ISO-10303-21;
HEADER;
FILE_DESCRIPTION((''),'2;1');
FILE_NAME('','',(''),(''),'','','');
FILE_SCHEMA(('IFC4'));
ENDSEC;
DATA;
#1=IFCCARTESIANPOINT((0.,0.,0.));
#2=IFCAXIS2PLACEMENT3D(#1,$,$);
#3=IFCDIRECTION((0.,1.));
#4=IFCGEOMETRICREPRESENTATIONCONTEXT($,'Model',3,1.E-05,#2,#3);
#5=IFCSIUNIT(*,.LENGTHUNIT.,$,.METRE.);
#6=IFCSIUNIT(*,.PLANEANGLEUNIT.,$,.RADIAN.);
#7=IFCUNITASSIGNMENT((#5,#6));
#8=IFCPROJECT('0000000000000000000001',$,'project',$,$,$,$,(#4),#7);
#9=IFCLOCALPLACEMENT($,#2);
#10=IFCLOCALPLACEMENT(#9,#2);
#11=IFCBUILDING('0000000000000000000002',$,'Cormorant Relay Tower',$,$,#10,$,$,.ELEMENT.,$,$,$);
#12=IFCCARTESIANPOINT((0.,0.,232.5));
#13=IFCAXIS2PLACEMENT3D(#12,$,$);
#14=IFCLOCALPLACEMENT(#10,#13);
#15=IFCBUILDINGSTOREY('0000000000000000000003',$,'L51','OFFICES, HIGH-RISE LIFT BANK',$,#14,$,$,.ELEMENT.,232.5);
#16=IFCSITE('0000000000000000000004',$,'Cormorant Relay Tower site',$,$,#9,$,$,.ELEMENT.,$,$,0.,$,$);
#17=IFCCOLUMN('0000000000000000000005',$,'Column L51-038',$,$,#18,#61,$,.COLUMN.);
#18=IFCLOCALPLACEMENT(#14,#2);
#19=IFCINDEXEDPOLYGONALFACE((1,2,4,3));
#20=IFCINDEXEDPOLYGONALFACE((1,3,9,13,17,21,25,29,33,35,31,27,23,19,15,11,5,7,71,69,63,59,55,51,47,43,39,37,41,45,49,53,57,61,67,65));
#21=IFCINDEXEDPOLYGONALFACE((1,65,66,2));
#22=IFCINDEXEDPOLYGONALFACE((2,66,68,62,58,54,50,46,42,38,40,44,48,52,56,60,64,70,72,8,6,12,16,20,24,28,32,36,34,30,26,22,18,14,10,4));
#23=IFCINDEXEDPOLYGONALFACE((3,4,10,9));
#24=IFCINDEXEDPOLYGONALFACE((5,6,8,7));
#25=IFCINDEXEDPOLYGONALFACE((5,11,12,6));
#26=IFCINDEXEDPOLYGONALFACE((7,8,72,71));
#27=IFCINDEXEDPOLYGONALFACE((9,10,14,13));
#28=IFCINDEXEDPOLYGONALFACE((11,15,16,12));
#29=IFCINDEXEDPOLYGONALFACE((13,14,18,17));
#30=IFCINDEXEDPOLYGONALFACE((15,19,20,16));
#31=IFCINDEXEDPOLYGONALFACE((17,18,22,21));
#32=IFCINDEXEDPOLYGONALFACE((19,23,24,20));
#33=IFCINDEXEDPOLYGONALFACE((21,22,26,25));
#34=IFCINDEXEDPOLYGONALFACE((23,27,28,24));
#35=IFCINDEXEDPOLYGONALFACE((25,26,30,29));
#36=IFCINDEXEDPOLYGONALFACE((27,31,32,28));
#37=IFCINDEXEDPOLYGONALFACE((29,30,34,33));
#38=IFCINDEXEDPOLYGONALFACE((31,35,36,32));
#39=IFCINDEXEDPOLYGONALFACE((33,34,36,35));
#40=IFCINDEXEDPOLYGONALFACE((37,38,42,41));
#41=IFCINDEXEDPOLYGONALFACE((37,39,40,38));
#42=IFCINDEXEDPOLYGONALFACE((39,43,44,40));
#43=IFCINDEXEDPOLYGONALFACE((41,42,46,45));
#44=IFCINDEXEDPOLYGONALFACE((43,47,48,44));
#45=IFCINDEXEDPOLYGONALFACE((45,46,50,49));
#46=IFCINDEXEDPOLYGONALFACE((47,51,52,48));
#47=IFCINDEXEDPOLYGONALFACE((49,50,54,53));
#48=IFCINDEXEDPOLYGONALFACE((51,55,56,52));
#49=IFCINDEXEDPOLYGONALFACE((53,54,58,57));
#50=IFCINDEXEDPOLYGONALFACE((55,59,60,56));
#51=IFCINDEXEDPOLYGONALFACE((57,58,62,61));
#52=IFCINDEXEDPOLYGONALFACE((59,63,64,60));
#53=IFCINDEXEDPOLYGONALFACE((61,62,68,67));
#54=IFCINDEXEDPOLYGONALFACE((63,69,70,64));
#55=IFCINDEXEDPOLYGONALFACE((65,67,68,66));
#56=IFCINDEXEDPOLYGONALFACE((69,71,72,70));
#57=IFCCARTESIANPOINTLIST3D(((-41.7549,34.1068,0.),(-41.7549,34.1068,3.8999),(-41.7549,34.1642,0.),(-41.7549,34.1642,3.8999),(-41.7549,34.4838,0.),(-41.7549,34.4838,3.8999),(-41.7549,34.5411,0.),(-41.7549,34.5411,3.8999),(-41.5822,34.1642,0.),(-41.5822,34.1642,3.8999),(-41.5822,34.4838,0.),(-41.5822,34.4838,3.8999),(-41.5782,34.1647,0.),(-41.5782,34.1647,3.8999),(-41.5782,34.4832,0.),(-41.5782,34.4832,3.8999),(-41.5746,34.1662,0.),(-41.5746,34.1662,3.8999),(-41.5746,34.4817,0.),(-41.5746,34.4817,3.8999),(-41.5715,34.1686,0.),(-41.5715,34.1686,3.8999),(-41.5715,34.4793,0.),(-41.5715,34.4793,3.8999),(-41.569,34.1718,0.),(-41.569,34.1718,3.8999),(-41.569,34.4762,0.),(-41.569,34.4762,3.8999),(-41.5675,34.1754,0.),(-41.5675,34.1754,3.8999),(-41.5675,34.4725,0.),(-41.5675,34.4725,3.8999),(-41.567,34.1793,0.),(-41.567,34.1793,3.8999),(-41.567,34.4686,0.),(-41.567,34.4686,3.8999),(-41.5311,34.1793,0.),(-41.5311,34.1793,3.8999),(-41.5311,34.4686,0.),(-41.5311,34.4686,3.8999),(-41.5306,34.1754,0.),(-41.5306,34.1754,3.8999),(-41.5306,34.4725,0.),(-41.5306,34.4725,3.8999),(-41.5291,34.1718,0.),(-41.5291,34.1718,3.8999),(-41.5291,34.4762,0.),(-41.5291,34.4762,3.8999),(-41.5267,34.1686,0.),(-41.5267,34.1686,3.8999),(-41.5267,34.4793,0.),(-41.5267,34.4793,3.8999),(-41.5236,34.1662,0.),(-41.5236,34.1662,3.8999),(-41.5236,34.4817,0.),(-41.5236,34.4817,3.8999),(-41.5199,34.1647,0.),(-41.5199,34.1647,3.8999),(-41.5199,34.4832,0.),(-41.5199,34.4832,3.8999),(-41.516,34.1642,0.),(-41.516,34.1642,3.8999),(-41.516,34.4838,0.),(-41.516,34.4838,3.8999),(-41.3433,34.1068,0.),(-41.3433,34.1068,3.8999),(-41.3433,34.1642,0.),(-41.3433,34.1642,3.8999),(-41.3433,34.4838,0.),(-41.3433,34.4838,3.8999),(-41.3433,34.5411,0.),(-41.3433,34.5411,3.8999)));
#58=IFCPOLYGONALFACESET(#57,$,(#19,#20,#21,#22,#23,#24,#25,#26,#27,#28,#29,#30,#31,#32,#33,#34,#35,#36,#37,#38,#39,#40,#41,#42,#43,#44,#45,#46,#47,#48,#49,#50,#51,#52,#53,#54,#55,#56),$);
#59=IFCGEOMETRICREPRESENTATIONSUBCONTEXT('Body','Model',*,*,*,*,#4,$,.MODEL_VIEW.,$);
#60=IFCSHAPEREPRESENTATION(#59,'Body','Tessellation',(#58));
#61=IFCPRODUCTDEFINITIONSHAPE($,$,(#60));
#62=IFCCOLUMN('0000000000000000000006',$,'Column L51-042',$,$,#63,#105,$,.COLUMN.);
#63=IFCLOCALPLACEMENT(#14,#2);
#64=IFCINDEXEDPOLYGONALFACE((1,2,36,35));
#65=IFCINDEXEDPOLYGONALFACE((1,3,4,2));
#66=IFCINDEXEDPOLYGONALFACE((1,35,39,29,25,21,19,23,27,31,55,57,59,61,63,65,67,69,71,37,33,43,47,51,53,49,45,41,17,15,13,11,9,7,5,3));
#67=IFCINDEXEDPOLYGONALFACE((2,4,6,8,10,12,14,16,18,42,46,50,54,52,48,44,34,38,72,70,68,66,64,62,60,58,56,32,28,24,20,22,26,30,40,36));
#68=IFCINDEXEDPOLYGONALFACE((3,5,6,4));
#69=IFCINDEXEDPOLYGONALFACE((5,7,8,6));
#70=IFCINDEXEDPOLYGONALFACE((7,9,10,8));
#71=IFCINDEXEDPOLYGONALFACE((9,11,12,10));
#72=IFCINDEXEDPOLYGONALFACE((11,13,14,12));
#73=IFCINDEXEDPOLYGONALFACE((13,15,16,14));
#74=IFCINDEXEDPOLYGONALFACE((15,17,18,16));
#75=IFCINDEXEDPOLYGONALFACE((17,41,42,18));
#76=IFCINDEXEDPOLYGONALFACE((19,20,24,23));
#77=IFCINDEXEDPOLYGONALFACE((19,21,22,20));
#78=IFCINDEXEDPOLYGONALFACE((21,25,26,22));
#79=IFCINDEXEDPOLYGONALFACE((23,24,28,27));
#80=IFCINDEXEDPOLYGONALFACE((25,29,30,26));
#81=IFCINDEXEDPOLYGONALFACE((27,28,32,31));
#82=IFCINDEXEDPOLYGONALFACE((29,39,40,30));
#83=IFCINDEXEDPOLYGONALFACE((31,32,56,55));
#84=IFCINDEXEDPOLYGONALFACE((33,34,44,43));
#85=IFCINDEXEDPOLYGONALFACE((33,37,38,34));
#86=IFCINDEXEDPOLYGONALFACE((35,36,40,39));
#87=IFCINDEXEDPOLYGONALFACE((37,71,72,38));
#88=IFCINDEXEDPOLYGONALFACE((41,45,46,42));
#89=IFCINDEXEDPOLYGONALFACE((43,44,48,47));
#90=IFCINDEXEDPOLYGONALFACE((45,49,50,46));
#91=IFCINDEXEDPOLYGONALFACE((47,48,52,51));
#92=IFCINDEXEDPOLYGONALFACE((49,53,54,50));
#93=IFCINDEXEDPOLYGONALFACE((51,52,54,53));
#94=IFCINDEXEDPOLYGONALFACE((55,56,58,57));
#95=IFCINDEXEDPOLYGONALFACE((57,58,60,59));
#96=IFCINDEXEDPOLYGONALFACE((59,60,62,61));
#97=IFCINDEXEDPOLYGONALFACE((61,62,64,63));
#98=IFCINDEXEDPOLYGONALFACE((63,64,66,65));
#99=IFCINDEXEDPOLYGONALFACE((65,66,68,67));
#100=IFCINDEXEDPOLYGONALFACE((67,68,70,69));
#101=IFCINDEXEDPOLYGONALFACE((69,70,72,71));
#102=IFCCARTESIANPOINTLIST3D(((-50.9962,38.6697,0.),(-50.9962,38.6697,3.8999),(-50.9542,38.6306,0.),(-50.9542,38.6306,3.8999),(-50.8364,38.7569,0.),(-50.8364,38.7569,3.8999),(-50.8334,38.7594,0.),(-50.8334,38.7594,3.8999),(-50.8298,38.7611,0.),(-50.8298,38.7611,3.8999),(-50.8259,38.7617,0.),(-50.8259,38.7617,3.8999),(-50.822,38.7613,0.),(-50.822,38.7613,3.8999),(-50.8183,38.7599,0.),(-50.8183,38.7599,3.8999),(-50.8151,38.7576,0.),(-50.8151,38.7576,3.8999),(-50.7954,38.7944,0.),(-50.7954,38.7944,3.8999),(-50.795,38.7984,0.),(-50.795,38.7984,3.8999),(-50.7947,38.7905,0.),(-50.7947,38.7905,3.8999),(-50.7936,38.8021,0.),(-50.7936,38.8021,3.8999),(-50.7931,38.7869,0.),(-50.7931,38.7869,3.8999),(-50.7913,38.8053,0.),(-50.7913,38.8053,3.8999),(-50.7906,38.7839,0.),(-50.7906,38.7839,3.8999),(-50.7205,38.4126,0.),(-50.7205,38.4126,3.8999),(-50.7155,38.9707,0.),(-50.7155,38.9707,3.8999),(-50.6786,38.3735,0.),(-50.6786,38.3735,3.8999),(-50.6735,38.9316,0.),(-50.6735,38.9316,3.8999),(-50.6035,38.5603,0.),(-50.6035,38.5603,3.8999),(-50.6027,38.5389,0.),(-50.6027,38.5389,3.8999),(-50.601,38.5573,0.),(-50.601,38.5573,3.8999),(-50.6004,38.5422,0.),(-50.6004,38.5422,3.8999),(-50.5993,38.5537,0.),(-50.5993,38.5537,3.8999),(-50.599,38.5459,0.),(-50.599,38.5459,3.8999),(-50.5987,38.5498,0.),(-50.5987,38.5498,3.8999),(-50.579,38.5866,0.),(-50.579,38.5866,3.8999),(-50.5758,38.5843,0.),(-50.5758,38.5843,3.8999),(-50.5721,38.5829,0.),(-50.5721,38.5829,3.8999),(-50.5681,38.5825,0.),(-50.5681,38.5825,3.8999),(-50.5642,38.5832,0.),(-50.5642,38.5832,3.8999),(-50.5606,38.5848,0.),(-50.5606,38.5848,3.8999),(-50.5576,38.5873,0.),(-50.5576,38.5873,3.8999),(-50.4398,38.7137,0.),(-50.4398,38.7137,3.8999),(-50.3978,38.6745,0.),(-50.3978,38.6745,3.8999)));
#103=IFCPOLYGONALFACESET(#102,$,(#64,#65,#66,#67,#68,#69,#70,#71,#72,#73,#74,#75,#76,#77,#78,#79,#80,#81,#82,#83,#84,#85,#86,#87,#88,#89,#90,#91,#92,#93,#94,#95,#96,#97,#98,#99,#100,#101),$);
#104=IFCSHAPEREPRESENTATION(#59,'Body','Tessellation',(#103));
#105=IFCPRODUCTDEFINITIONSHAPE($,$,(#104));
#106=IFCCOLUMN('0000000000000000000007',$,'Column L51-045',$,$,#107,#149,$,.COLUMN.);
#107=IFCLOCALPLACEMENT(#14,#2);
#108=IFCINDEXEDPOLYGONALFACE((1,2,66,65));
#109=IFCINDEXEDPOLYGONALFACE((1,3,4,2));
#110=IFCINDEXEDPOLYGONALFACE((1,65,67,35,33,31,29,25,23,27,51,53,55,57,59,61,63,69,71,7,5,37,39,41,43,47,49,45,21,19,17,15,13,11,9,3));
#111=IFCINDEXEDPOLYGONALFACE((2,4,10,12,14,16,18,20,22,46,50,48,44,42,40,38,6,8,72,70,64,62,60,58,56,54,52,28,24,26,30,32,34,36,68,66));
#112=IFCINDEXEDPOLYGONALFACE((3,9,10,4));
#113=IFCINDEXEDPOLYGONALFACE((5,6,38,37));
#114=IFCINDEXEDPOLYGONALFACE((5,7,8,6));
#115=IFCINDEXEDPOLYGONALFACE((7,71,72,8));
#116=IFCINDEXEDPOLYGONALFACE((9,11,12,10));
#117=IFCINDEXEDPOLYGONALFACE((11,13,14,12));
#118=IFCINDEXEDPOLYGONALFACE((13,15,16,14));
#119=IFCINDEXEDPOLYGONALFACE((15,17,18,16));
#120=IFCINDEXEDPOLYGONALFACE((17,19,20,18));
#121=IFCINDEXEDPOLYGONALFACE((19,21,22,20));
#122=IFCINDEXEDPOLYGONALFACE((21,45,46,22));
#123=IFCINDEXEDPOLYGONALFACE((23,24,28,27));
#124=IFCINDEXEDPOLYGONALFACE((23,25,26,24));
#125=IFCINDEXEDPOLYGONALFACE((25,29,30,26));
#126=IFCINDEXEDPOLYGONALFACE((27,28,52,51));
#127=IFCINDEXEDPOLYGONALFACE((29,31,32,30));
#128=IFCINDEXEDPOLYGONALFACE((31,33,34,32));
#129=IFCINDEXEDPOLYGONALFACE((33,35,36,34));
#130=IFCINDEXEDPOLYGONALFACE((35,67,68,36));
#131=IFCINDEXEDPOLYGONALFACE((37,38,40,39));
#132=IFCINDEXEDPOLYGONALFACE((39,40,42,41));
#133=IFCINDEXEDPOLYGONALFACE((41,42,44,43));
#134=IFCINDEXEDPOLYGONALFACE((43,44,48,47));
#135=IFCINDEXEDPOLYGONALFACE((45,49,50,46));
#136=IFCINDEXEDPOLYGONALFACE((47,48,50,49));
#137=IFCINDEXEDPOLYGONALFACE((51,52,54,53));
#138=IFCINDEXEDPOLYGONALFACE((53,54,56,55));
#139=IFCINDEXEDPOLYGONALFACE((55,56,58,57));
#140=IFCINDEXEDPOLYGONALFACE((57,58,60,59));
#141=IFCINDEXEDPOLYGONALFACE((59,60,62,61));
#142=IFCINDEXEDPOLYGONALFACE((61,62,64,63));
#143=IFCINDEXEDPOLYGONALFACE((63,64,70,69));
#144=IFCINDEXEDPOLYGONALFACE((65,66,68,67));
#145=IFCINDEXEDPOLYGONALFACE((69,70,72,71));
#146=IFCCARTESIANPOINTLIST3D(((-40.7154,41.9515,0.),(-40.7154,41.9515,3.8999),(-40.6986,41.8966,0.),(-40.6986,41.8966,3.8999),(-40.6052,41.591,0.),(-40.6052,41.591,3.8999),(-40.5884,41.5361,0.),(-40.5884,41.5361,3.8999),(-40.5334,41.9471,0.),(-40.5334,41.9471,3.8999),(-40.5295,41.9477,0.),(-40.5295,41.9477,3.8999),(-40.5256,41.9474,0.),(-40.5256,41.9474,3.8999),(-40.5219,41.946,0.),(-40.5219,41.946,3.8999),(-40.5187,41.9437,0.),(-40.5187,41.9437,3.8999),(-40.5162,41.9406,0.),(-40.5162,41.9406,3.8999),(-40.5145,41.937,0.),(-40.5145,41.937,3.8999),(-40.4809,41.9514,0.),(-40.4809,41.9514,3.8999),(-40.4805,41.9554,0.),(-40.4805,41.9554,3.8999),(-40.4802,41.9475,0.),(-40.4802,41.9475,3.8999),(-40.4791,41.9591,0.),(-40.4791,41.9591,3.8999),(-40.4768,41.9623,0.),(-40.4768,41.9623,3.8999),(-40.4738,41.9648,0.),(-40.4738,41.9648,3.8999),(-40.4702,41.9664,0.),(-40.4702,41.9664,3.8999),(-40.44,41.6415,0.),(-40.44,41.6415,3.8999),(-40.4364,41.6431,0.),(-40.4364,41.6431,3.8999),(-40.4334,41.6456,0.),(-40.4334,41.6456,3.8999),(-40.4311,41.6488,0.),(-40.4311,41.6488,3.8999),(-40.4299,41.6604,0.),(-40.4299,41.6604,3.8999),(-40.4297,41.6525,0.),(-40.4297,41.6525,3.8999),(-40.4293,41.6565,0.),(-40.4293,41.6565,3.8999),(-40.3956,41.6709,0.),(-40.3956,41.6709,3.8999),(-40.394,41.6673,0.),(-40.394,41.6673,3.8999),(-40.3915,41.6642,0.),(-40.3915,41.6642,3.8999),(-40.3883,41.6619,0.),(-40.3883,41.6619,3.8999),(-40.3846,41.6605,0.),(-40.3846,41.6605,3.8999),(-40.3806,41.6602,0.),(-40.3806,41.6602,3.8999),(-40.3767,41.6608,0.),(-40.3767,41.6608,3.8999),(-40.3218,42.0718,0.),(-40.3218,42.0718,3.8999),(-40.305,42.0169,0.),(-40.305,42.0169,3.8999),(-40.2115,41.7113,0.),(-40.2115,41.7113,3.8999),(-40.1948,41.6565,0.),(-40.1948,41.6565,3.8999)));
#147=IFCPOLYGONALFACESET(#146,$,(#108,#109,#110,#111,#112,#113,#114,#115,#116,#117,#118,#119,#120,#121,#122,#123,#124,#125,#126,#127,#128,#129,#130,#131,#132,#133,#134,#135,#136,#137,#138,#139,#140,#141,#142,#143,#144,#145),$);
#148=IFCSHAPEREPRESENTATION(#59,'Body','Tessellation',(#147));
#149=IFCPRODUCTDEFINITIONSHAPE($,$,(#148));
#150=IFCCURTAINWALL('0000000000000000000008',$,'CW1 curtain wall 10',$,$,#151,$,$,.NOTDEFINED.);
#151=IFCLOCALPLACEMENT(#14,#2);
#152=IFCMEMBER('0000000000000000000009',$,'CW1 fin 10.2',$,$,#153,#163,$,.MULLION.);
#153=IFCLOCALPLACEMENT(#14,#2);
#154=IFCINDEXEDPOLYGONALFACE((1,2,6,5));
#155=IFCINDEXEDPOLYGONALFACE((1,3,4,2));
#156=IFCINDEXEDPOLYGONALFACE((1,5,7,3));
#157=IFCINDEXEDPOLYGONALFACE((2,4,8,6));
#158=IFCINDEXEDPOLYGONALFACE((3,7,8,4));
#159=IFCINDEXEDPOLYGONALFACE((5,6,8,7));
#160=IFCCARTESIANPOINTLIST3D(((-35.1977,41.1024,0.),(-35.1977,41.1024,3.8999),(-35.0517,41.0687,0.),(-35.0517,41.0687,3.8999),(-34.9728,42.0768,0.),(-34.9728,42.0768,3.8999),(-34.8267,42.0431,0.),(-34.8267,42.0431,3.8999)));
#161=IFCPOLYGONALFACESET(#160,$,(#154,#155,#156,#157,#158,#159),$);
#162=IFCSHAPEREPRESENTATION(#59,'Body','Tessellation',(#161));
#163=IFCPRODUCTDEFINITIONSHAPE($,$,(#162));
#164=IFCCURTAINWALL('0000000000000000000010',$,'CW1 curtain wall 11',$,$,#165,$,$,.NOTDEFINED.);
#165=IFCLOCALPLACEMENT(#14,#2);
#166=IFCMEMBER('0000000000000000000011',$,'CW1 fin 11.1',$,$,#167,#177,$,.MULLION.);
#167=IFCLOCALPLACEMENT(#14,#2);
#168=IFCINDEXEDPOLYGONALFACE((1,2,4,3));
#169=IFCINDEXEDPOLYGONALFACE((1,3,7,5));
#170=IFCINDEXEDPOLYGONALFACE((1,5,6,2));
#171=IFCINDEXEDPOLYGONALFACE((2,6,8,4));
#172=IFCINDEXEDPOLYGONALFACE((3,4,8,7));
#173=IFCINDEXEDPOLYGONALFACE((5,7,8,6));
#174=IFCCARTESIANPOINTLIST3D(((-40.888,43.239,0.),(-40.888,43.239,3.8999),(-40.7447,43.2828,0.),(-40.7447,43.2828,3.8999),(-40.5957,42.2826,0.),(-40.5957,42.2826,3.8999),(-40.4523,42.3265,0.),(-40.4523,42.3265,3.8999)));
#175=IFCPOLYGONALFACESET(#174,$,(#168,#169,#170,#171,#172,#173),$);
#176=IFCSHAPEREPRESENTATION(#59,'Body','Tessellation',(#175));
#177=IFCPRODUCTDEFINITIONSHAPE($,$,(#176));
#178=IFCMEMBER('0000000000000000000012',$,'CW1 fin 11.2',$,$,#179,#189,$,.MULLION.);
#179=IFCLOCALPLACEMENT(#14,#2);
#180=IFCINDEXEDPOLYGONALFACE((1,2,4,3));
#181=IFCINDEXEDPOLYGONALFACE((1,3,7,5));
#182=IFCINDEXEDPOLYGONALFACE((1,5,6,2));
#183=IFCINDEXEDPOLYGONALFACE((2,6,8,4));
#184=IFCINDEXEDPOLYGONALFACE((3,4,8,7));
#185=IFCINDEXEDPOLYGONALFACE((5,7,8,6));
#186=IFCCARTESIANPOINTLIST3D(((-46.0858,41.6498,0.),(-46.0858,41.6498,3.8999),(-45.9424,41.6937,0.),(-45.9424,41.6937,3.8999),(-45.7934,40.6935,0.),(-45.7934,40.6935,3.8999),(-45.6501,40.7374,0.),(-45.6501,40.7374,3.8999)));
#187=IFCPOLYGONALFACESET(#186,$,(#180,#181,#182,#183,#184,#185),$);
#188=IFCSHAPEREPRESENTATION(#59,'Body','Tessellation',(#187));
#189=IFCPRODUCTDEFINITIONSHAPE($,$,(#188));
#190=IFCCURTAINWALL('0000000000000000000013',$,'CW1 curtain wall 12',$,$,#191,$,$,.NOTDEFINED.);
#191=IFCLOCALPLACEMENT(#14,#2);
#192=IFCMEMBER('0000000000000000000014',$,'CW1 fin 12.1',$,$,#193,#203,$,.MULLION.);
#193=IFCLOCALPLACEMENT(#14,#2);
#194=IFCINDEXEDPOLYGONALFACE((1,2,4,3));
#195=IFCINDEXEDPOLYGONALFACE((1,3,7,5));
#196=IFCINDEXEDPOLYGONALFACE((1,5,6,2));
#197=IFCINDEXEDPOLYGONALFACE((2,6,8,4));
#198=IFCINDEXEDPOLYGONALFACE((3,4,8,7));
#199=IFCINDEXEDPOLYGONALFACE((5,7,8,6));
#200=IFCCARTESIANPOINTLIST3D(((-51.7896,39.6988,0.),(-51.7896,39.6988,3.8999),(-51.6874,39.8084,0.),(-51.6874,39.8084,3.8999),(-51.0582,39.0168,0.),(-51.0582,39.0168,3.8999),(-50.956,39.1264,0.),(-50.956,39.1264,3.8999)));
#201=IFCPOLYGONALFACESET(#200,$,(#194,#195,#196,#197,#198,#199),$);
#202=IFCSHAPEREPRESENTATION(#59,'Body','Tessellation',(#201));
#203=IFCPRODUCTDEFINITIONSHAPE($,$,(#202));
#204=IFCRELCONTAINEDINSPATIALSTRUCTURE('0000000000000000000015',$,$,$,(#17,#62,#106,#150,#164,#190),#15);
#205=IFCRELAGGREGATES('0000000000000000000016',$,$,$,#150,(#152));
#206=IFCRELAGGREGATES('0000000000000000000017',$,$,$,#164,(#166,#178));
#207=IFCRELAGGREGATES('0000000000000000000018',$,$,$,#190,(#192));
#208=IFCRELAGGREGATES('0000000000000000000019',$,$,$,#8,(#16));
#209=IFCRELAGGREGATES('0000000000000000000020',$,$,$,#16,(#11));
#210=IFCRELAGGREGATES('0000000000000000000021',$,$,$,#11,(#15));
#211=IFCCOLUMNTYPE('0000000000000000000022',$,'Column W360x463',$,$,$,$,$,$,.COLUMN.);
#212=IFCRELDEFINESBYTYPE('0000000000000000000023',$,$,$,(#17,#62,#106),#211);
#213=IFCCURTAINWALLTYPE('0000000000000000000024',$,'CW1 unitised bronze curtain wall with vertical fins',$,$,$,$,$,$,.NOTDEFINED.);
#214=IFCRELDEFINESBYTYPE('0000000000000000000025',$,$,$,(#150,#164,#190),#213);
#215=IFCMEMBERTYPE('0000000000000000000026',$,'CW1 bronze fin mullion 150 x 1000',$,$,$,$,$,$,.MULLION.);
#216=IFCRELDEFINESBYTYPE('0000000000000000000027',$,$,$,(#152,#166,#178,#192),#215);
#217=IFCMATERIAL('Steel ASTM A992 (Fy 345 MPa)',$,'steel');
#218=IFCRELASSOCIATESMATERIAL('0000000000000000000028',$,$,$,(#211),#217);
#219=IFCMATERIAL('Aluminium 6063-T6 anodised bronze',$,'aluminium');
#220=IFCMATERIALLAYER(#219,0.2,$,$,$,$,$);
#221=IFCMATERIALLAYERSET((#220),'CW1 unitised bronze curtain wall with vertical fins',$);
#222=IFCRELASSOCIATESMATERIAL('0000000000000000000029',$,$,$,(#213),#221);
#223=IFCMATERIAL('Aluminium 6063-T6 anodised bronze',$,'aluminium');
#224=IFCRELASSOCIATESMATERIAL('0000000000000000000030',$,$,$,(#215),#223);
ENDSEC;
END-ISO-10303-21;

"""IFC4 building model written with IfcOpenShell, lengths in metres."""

from ifc_helpers import new_model, si_unit, direction, frame, origin, origin_2d, place, context, subcontext, project, spatial, rectangle, i_section, extrude, material, layer, layer_set, material_profile, profile_set, type_object, element, aggregate, save


model = new_model("IFC4")

# Units and contexts
model_context = context("Model", 3, precision=1e-05, world=origin(), true_north=direction((0.0, 1.0)))
body_context = subcontext(model_context, "Body", "Model", "MODEL_VIEW")
ifc_project = project(units=[si_unit("LENGTHUNIT", "METRE"), si_unit("PLANEANGLEUNIT", "RADIAN")], contexts=[model_context])

# Site, building, storey
site_placement = place(None, origin())
site = spatial("IfcSite", under=ifc_project, at=site_placement, Name="Cormorant Relay Tower site", CompositionType="ELEMENT", RefElevation=0.0)
building_placement = place(site_placement, origin())
building = spatial("IfcBuilding", under=site, at=building_placement, Name="Cormorant Relay Tower", CompositionType="ELEMENT")
storey_placement = place(building_placement, frame((0.0, 0.0, 232.5)))
storey = spatial("IfcBuildingStorey", under=building, at=storey_placement, Name="L51", Description="OFFICES, HIGH-RISE LIFT BANK", CompositionType="ELEMENT", Elevation=232.5)

# Columns
ifc_material_1 = material(Name="Steel ASTM A992 (Fy 345 MPa)", Category="steel")
ifc_material_profile_1 = material_profile(ifc_material_1, i_section(OverallWidth=0.4116, OverallDepth=0.4343, WebThickness=0.0359, FlangeThickness=0.0574, FilletRadius=0.0151, at=origin_2d()), Name="W360x463")
ifc_profile_set_1 = profile_set([ifc_material_profile_1], Name="Steel ASTM A992 (Fy 345 MPa)")
column_type = type_object("IfcColumnType", Name="Column W360x463", PredefinedType="COLUMN", material=ifc_profile_set_1)
for number, where, z_axis, x_axis, name in (
    (1, (-41.5491, 34.324, 0.0), (0.0, 0.0, 1.0), (1.0, 0.0, 0.0), "Column L51-038"),
    (2, (-50.697, 38.6721, 0.0), (0.0, 0.0, 1.0), (-0.681998, -0.731354, 0.0), "Column L51-042"),
    (3, (-40.4551, 41.804, 0.0), (0.0, 0.0, 1.0), (-0.956305, -0.292372, 0.0), "Column L51-045"),
):
    element("IfcColumn", number, at=place(storey_placement, frame(where, z_axis=z_axis, x_axis=x_axis)), inside=storey, type_object=column_type, Name=name, PredefinedType="COLUMN", context=body_context, shape_type="SweptSolid", body=[
        extrude(i_section(OverallWidth=0.4116, OverallDepth=0.4343, WebThickness=0.0359, FlangeThickness=0.0574, FilletRadius=0.0151, at=origin_2d()), origin(), (0.0, 0.0, 1.0), 3.8999),
    ])

# Curtain wall, member
ifc_material_2 = material(Name="Aluminium 6063-T6 anodised bronze", Category="aluminium")
ifc_layer_1 = layer(ifc_material_2, 0.2)
ifc_layer_set_1 = layer_set([ifc_layer_1], Name="CW1 unitised bronze curtain wall with vertical fins")
curtain_wall_type = type_object("IfcCurtainWallType", Name="CW1 unitised bronze curtain wall with vertical fins", PredefinedType="NOTDEFINED", material=ifc_layer_set_1)
curtain_wall_1_placement = place(storey_placement, origin())
curtain_wall_1 = element("IfcCurtainWall", 4, at=curtain_wall_1_placement, inside=storey, type_object=curtain_wall_type, Name="CW1 curtain wall 10", PredefinedType="NOTDEFINED")
ifc_material_3 = material(Name="Aluminium 6063-T6 anodised bronze", Category="aluminium")
ifc_material_profile_2 = material_profile(ifc_material_3, rectangle(XDim=0.1499, YDim=1.0, at=origin_2d()), Name="AL 150x1000")
ifc_profile_set_2 = profile_set([ifc_material_profile_2], Name="Aluminium 6063-T6 anodised bronze")
member_type_1 = type_object("IfcMemberType", Name="CW1 bronze fin mullion 150 x 1000", PredefinedType="MULLION", material=ifc_profile_set_2)
member_1_placement = place(storey_placement, frame((-35.0122, 41.5728, 0.0), z_axis=(0.0, 0.0, 1.0), x_axis=(-0.97437, 0.224951, 0.0)))
member_1 = element("IfcMember", 5, at=member_1_placement, type_object=member_type_1, Name="CW1 fin 10.2", PredefinedType="MULLION", context=body_context, shape_type="SweptSolid", body=[
    extrude(rectangle(XDim=0.1499, YDim=1.0, at=origin_2d()), origin(), (0.0, 0.0, 1.0), 3.8999),
])

# Curtain walls, members
curtain_wall_2_placement = place(storey_placement, origin())
curtain_wall_2 = element("IfcCurtainWall", 6, at=curtain_wall_2_placement, inside=storey, type_object=curtain_wall_type, Name="CW1 curtain wall 11", PredefinedType="NOTDEFINED")
member_2_placement = place(storey_placement, frame((-40.6702, 42.7827, 0.0), z_axis=(0.0, 0.0, 1.0), x_axis=(-0.956305, -0.292372, 0.0)))
member_2 = element("IfcMember", 7, at=member_2_placement, type_object=member_type_1, Name="CW1 fin 11.1", PredefinedType="MULLION", context=body_context, shape_type="SweptSolid", body=[
    extrude(rectangle(XDim=0.1499, YDim=1.0, at=origin_2d()), origin(), (0.0, 0.0, 1.0), 3.8999),
])
member_3_placement = place(storey_placement, frame((-45.8679, 41.1936, 0.0), z_axis=(0.0, 0.0, 1.0), x_axis=(-0.956305, -0.292372, 0.0)))
member_3 = element("IfcMember", 8, at=member_3_placement, type_object=member_type_1, Name="CW1 fin 11.2", PredefinedType="MULLION", context=body_context, shape_type="SweptSolid", body=[
    extrude(rectangle(XDim=0.1499, YDim=1.0, at=origin_2d()), origin(), (0.0, 0.0, 1.0), 3.8999),
])
curtain_wall_3_placement = place(storey_placement, origin())
curtain_wall_3 = element("IfcCurtainWall", 9, at=curtain_wall_3_placement, inside=storey, type_object=curtain_wall_type, Name="CW1 curtain wall 12", PredefinedType="NOTDEFINED")
member_4_placement = place(storey_placement, frame((-51.3728, 39.4126, 0.0), z_axis=(0.0, 0.0, 1.0), x_axis=(-0.681998, -0.731354, 0.0)))
member_4 = element("IfcMember", 10, at=member_4_placement, type_object=member_type_1, Name="CW1 fin 12.1", PredefinedType="MULLION", context=body_context, shape_type="SweptSolid", body=[
    extrude(rectangle(XDim=0.1499, YDim=1.0, at=origin_2d()), origin(), (0.0, 0.0, 1.0), 3.8999),
])

aggregate(curtain_wall_1, [member_1])
aggregate(curtain_wall_2, [member_2, member_3])
aggregate(curtain_wall_3, [member_4])

save(model, "model.ifc")
